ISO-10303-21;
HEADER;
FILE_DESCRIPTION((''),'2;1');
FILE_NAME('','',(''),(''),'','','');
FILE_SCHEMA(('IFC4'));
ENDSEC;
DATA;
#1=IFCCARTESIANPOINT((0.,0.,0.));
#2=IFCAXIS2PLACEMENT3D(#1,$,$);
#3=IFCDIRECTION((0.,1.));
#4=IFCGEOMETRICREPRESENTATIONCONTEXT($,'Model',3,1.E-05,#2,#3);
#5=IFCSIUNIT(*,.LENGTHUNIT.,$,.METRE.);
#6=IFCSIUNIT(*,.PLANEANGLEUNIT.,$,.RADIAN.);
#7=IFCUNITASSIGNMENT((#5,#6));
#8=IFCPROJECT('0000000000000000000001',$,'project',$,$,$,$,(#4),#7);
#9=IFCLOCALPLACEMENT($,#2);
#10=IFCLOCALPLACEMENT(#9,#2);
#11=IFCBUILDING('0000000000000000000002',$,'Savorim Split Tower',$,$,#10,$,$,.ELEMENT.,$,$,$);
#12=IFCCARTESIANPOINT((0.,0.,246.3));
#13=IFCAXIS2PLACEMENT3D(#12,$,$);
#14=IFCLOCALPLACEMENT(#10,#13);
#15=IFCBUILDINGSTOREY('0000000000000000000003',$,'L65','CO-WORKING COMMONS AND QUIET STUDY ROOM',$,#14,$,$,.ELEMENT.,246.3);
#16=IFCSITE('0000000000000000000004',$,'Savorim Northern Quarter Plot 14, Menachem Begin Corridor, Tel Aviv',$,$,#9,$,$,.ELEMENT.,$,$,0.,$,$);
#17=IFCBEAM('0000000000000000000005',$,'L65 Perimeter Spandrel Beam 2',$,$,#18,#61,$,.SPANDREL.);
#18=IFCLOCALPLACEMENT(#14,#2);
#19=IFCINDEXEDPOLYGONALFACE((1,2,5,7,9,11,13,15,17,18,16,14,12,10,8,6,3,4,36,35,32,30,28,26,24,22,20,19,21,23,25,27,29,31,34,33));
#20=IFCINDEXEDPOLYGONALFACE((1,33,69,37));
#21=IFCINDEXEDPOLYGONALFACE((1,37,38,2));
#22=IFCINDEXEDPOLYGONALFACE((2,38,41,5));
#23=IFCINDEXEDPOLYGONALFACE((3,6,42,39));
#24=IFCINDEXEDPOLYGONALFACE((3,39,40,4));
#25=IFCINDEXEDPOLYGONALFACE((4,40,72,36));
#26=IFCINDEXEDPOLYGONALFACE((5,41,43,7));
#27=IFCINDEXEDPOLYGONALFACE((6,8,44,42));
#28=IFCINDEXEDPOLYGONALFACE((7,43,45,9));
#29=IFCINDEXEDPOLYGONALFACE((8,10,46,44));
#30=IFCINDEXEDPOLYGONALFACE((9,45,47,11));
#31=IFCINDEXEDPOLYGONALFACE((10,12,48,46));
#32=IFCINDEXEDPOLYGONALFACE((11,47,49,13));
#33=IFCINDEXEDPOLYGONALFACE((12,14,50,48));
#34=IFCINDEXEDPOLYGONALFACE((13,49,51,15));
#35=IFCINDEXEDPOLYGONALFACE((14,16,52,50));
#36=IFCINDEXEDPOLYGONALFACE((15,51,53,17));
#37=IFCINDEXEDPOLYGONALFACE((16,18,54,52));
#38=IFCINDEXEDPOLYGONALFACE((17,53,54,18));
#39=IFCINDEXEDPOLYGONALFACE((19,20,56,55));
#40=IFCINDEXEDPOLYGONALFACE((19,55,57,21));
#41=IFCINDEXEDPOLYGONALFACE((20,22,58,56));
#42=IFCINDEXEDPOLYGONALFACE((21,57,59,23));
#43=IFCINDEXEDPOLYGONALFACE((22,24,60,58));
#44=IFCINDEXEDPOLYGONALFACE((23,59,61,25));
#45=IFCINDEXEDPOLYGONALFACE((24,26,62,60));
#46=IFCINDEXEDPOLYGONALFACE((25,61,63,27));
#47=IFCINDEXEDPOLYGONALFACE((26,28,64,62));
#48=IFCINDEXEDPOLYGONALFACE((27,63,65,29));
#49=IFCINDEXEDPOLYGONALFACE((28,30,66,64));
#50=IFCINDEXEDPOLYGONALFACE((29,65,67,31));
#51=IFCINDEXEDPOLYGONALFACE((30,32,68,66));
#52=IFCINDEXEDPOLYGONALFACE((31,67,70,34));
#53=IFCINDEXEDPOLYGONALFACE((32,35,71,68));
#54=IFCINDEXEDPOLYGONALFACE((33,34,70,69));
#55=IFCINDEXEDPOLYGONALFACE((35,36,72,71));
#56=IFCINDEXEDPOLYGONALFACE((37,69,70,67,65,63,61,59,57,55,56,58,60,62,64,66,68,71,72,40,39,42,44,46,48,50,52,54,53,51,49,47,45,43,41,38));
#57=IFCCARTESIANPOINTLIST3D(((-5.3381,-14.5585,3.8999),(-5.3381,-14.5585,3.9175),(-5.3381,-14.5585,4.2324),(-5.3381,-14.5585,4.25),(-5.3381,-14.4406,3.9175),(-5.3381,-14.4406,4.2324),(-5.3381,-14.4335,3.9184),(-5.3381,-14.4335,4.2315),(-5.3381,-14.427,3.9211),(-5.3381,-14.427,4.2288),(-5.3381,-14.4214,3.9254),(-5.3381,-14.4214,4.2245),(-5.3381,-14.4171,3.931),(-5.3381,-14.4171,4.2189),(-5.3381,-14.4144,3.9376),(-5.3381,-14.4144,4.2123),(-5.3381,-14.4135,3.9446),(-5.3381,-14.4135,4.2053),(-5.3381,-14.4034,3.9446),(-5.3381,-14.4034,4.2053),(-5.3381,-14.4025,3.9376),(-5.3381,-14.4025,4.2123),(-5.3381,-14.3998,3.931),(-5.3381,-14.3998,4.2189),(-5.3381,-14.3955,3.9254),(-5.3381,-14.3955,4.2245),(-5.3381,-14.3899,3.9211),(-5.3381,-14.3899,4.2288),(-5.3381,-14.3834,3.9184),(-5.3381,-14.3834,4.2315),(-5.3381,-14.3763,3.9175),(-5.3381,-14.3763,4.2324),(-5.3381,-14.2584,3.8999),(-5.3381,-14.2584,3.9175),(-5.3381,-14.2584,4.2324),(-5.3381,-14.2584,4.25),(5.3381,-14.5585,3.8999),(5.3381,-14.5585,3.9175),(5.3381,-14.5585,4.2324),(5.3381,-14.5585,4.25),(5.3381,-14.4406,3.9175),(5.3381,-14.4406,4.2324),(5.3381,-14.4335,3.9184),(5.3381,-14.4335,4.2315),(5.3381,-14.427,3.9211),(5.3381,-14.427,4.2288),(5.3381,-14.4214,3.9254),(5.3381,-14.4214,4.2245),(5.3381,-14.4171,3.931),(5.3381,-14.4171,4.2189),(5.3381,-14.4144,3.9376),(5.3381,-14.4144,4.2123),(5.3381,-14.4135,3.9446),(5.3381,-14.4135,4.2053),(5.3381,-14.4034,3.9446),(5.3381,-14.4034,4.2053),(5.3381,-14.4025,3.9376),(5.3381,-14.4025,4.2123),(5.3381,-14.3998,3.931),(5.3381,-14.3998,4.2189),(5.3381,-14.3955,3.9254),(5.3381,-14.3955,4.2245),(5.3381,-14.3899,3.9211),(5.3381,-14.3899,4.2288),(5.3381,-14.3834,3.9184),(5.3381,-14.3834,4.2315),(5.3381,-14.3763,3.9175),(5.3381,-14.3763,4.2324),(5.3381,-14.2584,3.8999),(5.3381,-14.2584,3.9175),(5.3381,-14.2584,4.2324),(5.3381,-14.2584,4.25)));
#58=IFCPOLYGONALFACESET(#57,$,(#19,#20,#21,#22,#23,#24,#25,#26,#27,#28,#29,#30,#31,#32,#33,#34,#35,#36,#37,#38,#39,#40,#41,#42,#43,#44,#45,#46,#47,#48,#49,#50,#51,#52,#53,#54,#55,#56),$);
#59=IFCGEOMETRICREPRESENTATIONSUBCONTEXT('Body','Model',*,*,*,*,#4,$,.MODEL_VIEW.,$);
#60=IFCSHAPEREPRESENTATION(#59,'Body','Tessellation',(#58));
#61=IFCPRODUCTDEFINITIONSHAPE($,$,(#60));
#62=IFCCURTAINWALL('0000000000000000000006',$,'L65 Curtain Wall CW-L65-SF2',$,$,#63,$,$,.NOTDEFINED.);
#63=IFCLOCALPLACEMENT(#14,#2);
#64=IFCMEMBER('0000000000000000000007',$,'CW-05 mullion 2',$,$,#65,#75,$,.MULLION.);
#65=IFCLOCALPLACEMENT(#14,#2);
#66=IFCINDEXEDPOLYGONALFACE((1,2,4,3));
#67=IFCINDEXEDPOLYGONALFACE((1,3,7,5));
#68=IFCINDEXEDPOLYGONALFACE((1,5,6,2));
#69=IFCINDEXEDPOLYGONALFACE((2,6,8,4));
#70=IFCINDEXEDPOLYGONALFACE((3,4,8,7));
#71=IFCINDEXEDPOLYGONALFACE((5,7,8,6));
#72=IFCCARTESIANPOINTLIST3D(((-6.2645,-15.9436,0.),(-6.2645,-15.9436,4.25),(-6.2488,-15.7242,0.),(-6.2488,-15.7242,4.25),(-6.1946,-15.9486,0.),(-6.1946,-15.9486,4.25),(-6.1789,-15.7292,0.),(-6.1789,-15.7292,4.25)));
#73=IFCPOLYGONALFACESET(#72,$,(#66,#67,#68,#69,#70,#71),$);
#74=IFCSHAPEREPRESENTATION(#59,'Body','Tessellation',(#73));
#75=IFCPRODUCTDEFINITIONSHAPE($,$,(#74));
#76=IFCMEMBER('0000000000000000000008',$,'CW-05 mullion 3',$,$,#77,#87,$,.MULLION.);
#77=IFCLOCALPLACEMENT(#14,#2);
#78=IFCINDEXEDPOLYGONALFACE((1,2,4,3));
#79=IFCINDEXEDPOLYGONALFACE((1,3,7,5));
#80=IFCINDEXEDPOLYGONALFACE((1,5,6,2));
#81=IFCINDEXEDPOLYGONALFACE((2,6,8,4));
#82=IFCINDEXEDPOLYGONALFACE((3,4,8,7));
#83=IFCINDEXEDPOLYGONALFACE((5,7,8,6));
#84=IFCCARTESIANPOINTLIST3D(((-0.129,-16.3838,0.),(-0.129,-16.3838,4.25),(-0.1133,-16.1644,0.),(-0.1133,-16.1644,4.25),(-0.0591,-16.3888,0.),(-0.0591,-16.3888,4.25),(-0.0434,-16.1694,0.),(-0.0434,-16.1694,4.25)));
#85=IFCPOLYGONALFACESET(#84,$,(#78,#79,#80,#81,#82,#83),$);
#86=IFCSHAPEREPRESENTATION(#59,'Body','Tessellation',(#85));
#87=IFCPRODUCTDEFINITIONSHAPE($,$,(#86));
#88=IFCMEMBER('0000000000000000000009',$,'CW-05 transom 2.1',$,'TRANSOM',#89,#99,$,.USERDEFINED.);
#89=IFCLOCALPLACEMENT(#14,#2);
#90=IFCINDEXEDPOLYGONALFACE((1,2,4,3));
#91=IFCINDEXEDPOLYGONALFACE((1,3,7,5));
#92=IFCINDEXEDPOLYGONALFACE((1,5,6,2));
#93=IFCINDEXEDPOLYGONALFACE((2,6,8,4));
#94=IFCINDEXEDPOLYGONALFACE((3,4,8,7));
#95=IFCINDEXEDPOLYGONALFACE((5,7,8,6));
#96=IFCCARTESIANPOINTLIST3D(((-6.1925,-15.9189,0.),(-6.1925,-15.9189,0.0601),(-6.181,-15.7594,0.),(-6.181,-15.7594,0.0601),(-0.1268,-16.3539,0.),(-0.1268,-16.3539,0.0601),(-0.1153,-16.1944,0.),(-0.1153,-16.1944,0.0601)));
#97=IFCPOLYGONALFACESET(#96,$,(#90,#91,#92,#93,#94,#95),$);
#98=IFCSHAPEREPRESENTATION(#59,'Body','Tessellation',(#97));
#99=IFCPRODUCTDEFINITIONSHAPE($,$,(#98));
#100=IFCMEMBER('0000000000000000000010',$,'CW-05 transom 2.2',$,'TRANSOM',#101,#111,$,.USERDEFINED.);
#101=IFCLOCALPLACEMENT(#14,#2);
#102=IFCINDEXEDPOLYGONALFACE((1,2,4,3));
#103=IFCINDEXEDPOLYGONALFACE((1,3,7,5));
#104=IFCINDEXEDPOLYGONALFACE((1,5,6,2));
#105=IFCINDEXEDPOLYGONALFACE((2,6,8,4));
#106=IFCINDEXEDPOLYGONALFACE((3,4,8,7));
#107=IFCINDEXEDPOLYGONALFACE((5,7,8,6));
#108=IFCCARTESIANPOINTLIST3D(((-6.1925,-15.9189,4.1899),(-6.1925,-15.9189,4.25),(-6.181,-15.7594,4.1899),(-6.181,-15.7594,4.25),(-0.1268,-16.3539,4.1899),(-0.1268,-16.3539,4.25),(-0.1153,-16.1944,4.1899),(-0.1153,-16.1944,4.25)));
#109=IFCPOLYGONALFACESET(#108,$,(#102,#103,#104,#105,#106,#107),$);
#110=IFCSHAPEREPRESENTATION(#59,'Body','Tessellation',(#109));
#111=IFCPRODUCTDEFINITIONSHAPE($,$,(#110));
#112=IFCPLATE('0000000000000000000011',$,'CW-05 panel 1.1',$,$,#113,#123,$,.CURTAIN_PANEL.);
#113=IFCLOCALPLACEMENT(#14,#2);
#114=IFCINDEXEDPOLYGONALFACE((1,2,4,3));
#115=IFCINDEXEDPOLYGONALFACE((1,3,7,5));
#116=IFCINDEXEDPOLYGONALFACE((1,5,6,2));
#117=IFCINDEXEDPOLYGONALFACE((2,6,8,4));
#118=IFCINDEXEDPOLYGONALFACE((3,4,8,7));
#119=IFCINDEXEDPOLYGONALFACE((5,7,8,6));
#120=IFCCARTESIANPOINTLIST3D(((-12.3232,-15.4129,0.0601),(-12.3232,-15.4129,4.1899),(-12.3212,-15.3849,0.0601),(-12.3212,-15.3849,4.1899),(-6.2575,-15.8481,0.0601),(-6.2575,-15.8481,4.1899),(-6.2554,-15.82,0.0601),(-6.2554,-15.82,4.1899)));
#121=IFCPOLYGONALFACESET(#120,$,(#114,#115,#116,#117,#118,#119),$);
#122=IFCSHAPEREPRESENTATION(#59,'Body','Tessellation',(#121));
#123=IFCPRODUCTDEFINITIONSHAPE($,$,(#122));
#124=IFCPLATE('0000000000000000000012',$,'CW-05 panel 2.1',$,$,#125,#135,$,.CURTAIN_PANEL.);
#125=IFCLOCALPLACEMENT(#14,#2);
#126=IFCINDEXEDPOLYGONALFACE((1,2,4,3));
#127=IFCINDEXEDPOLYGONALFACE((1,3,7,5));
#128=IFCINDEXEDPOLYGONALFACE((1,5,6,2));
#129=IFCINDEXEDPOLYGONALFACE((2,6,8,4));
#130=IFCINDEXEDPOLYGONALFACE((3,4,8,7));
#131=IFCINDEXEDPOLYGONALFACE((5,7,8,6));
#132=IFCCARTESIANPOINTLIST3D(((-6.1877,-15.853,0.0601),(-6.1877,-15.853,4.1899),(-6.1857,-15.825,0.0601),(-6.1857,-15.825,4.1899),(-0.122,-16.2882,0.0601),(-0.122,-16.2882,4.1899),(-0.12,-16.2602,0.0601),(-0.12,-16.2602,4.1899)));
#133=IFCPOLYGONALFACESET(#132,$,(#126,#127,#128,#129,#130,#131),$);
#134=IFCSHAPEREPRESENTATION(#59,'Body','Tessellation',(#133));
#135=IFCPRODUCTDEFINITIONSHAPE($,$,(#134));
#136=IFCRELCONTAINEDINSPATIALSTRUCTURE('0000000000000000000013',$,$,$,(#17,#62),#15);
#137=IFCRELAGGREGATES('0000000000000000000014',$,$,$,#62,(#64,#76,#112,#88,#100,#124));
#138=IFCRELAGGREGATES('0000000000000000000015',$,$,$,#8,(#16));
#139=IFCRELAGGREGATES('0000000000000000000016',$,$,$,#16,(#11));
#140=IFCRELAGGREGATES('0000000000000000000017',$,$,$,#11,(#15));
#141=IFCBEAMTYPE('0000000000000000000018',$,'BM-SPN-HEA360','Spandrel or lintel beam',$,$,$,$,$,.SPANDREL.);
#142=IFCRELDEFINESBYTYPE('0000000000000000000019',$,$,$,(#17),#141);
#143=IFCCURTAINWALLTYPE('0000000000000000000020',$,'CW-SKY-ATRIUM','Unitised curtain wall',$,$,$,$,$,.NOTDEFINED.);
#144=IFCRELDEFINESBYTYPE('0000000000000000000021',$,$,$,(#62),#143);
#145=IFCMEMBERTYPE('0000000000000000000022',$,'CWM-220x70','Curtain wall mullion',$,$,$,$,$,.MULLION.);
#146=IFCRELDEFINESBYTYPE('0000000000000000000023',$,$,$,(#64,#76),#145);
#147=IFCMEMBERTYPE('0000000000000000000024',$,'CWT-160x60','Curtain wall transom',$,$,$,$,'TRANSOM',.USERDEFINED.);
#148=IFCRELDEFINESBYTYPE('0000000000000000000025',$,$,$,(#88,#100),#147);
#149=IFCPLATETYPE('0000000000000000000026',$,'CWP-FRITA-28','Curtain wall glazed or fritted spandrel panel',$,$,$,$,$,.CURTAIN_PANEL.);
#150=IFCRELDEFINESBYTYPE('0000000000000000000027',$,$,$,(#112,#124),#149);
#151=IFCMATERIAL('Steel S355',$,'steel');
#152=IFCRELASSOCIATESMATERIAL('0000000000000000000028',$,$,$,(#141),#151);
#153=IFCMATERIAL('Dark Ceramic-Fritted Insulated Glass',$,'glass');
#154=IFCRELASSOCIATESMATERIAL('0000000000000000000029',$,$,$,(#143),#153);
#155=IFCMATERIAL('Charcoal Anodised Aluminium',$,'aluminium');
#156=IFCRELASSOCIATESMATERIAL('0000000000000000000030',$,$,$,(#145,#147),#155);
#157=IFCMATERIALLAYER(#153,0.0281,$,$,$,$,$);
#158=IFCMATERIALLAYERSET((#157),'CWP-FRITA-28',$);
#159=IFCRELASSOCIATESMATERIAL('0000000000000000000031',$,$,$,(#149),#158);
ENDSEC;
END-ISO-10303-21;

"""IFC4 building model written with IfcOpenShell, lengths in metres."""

from ifc_helpers import new_model, si_unit, direction, frame, origin, origin_2d, place, context, subcontext, project, spatial, rectangle, i_section, extrude, material, layer, layer_set, material_profile, profile_set, type_object, element, aggregate, save


model = new_model("IFC4")

# Units and contexts
model_context = context("Model", 3, precision=1e-05, world=origin(), true_north=direction((0.0, 1.0)))
body_context = subcontext(model_context, "Body", "Model", "MODEL_VIEW")
ifc_project = project(units=[si_unit("LENGTHUNIT", "METRE"), si_unit("PLANEANGLEUNIT", "RADIAN")], contexts=[model_context])

# Site, building, storey
site_placement = place(None, origin())
site = spatial("IfcSite", under=ifc_project, at=site_placement, Name="Savorim Northern Quarter Plot 14, Menachem Begin Corridor, Tel Aviv", CompositionType="ELEMENT", RefElevation=0.0)
building_placement = place(site_placement, origin())
building = spatial("IfcBuilding", under=site, at=building_placement, Name="Savorim Split Tower", CompositionType="ELEMENT")
storey_placement = place(building_placement, frame((0.0, 0.0, 246.3)))
storey = spatial("IfcBuildingStorey", under=building, at=storey_placement, Name="L65", Description="CO-WORKING COMMONS AND QUIET STUDY ROOM", CompositionType="ELEMENT", Elevation=246.3)

# Shared definitions
ifc_material_1 = material(Name="Steel S355", Category="steel")

# Beam
ifc_material_profile_1 = material_profile(ifc_material_1, i_section(OverallWidth=0.3, OverallDepth=0.3501, WebThickness=0.01, FlangeThickness=0.0176, FilletRadius=0.0271, at=origin_2d()), Name="HEA 360")
ifc_profile_set_1 = profile_set([ifc_material_profile_1], Name="Steel S355")
beam_type_1 = type_object("IfcBeamType", Name="BM-SPN-HEA360", Description="Spandrel or lintel beam", PredefinedType="SPANDREL", material=ifc_profile_set_1)
beam_1_placement = place(storey_placement, frame((-5.3381, -14.4084, 4.075), z_axis=(1.0, 0.0, 0.0), x_axis=(0.0, 1.0, 0.0)))
element("IfcBeam", 1, at=beam_1_placement, inside=storey, type_object=beam_type_1, Name="L65 Perimeter Spandrel Beam 2", PredefinedType="SPANDREL", context=body_context, shape_type="SweptSolid", body=[
    extrude(i_section(OverallWidth=0.3, OverallDepth=0.3501, WebThickness=0.01, FlangeThickness=0.0176, FilletRadius=0.0271, at=origin_2d()), origin(), (0.0, 0.0, 1.0), 10.6763),
])

# Curtain wall, members, plates
ifc_material_2 = material(Name="Dark Ceramic-Fritted Insulated Glass", Category="glass")
curtain_wall_type = type_object("IfcCurtainWallType", Name="CW-SKY-ATRIUM", Description="Unitised curtain wall", PredefinedType="NOTDEFINED", material=ifc_material_2)
curtain_wall_placement = place(storey_placement, origin())
curtain_wall = element("IfcCurtainWall", 2, at=curtain_wall_placement, inside=storey, type_object=curtain_wall_type, Name="L65 Curtain Wall CW-L65-SF2", PredefinedType="NOTDEFINED")
ifc_material_3 = material(Name="Charcoal Anodised Aluminium", Category="aluminium")
ifc_material_profile_2 = material_profile(ifc_material_3, rectangle(XDim=0.22, YDim=0.0701, at=origin_2d()), Name="ALU-M 220x70")
ifc_profile_set_2 = profile_set([ifc_material_profile_2], Name="Charcoal Anodised Aluminium")
member_type_1 = type_object("IfcMemberType", Name="CWM-220x70", Description="Curtain wall mullion", PredefinedType="MULLION", material=ifc_profile_set_2)
member_1_placement = place(storey_placement, frame((-6.2217, -15.8364, 0.0), z_axis=(0.0, 0.0, 1.0), x_axis=(0.071562, 0.997436, 0.0)))
member_1 = element("IfcMember", 3, at=member_1_placement, type_object=member_type_1, Name="CW-05 mullion 2", PredefinedType="MULLION", context=body_context, shape_type="SweptSolid", body=[
    extrude(rectangle(XDim=0.22, YDim=0.0701, at=origin_2d()), origin(), (0.0, 0.0, 1.0), 4.25),
])
member_2_placement = place(storey_placement, frame((-0.0862, -16.2766, 0.0), z_axis=(0.0, 0.0, 1.0), x_axis=(0.071562, 0.997436, 0.0)))
member_2 = element("IfcMember", 4, at=member_2_placement, type_object=member_type_1, Name="CW-05 mullion 3", PredefinedType="MULLION", context=body_context, shape_type="SweptSolid", body=[
    extrude(rectangle(XDim=0.22, YDim=0.0701, at=origin_2d()), origin(), (0.0, 0.0, 1.0), 4.25),
])
ifc_material_profile_3 = material_profile(ifc_material_3, rectangle(XDim=0.1599, YDim=0.0601, at=origin_2d()), Name="ALU-T 160x60")
ifc_profile_set_3 = profile_set([ifc_material_profile_3], Name="Charcoal Anodised Aluminium")
member_type_2 = type_object("IfcMemberType", Name="CWT-160x60", Description="Curtain wall transom", ElementType="TRANSOM", PredefinedType="USERDEFINED", material=ifc_profile_set_3)
member_3_placement = place(storey_placement, frame((-6.1868, -15.8391, 0.03), z_axis=(0.997438, -0.071541, 0.0), x_axis=(0.071541, 0.997438, 0.0)))
member_3 = element("IfcMember", 5, at=member_3_placement, type_object=member_type_2, Name="CW-05 transom 2.1", ObjectType="TRANSOM", PredefinedType="USERDEFINED", context=body_context, shape_type="SweptSolid", body=[
    extrude(rectangle(XDim=0.1599, YDim=0.0601, at=origin_2d()), origin(), (0.0, 0.0, 1.0), 6.0813),
])
member_4_placement = place(storey_placement, frame((-6.1868, -15.8391, 4.22), z_axis=(0.997438, -0.071541, 0.0), x_axis=(0.071541, 0.997438, 0.0)))
member_4 = element("IfcMember", 6, at=member_4_placement, type_object=member_type_2, Name="CW-05 transom 2.2", ObjectType="TRANSOM", PredefinedType="USERDEFINED", context=body_context, shape_type="SweptSolid", body=[
    extrude(rectangle(XDim=0.1599, YDim=0.0601, at=origin_2d()), origin(), (0.0, 0.0, 1.0), 6.0813),
])
ifc_layer_1 = layer(ifc_material_2, 0.0281)
ifc_layer_set_1 = layer_set([ifc_layer_1], Name="CWP-FRITA-28")
plate_type = type_object("IfcPlateType", Name="CWP-FRITA-28", Description="Curtain wall glazed or fritted spandrel panel", PredefinedType="CURTAIN_PANEL", material=ifc_layer_set_1)
plate_1_placement = place(storey_placement, frame((-9.2893, -15.6165, 0.0601), z_axis=(0.0, 0.0, 1.0), x_axis=(0.997436, -0.071562, 0.0)))
plate_1 = element("IfcPlate", 7, at=plate_1_placement, type_object=plate_type, Name="CW-05 panel 1.1", PredefinedType="CURTAIN_PANEL", context=body_context, shape_type="SweptSolid", body=[
    extrude(rectangle(XDim=6.0813, YDim=0.0281, at=origin_2d()), origin(), (0.0, 0.0, 1.0), 4.1299),
])
plate_2_placement = place(storey_placement, frame((-3.1538, -16.0566, 0.0601), z_axis=(0.0, 0.0, 1.0), x_axis=(0.997436, -0.071562, 0.0)))
plate_2 = element("IfcPlate", 8, at=plate_2_placement, type_object=plate_type, Name="CW-05 panel 2.1", PredefinedType="CURTAIN_PANEL", context=body_context, shape_type="SweptSolid", body=[
    extrude(rectangle(XDim=6.0813, YDim=0.0281, at=origin_2d()), origin(), (0.0, 0.0, 1.0), 4.1299),
])
aggregate(curtain_wall, [member_1, member_2, plate_1, member_3, member_4, plate_2])

save(model, "model.ifc")
